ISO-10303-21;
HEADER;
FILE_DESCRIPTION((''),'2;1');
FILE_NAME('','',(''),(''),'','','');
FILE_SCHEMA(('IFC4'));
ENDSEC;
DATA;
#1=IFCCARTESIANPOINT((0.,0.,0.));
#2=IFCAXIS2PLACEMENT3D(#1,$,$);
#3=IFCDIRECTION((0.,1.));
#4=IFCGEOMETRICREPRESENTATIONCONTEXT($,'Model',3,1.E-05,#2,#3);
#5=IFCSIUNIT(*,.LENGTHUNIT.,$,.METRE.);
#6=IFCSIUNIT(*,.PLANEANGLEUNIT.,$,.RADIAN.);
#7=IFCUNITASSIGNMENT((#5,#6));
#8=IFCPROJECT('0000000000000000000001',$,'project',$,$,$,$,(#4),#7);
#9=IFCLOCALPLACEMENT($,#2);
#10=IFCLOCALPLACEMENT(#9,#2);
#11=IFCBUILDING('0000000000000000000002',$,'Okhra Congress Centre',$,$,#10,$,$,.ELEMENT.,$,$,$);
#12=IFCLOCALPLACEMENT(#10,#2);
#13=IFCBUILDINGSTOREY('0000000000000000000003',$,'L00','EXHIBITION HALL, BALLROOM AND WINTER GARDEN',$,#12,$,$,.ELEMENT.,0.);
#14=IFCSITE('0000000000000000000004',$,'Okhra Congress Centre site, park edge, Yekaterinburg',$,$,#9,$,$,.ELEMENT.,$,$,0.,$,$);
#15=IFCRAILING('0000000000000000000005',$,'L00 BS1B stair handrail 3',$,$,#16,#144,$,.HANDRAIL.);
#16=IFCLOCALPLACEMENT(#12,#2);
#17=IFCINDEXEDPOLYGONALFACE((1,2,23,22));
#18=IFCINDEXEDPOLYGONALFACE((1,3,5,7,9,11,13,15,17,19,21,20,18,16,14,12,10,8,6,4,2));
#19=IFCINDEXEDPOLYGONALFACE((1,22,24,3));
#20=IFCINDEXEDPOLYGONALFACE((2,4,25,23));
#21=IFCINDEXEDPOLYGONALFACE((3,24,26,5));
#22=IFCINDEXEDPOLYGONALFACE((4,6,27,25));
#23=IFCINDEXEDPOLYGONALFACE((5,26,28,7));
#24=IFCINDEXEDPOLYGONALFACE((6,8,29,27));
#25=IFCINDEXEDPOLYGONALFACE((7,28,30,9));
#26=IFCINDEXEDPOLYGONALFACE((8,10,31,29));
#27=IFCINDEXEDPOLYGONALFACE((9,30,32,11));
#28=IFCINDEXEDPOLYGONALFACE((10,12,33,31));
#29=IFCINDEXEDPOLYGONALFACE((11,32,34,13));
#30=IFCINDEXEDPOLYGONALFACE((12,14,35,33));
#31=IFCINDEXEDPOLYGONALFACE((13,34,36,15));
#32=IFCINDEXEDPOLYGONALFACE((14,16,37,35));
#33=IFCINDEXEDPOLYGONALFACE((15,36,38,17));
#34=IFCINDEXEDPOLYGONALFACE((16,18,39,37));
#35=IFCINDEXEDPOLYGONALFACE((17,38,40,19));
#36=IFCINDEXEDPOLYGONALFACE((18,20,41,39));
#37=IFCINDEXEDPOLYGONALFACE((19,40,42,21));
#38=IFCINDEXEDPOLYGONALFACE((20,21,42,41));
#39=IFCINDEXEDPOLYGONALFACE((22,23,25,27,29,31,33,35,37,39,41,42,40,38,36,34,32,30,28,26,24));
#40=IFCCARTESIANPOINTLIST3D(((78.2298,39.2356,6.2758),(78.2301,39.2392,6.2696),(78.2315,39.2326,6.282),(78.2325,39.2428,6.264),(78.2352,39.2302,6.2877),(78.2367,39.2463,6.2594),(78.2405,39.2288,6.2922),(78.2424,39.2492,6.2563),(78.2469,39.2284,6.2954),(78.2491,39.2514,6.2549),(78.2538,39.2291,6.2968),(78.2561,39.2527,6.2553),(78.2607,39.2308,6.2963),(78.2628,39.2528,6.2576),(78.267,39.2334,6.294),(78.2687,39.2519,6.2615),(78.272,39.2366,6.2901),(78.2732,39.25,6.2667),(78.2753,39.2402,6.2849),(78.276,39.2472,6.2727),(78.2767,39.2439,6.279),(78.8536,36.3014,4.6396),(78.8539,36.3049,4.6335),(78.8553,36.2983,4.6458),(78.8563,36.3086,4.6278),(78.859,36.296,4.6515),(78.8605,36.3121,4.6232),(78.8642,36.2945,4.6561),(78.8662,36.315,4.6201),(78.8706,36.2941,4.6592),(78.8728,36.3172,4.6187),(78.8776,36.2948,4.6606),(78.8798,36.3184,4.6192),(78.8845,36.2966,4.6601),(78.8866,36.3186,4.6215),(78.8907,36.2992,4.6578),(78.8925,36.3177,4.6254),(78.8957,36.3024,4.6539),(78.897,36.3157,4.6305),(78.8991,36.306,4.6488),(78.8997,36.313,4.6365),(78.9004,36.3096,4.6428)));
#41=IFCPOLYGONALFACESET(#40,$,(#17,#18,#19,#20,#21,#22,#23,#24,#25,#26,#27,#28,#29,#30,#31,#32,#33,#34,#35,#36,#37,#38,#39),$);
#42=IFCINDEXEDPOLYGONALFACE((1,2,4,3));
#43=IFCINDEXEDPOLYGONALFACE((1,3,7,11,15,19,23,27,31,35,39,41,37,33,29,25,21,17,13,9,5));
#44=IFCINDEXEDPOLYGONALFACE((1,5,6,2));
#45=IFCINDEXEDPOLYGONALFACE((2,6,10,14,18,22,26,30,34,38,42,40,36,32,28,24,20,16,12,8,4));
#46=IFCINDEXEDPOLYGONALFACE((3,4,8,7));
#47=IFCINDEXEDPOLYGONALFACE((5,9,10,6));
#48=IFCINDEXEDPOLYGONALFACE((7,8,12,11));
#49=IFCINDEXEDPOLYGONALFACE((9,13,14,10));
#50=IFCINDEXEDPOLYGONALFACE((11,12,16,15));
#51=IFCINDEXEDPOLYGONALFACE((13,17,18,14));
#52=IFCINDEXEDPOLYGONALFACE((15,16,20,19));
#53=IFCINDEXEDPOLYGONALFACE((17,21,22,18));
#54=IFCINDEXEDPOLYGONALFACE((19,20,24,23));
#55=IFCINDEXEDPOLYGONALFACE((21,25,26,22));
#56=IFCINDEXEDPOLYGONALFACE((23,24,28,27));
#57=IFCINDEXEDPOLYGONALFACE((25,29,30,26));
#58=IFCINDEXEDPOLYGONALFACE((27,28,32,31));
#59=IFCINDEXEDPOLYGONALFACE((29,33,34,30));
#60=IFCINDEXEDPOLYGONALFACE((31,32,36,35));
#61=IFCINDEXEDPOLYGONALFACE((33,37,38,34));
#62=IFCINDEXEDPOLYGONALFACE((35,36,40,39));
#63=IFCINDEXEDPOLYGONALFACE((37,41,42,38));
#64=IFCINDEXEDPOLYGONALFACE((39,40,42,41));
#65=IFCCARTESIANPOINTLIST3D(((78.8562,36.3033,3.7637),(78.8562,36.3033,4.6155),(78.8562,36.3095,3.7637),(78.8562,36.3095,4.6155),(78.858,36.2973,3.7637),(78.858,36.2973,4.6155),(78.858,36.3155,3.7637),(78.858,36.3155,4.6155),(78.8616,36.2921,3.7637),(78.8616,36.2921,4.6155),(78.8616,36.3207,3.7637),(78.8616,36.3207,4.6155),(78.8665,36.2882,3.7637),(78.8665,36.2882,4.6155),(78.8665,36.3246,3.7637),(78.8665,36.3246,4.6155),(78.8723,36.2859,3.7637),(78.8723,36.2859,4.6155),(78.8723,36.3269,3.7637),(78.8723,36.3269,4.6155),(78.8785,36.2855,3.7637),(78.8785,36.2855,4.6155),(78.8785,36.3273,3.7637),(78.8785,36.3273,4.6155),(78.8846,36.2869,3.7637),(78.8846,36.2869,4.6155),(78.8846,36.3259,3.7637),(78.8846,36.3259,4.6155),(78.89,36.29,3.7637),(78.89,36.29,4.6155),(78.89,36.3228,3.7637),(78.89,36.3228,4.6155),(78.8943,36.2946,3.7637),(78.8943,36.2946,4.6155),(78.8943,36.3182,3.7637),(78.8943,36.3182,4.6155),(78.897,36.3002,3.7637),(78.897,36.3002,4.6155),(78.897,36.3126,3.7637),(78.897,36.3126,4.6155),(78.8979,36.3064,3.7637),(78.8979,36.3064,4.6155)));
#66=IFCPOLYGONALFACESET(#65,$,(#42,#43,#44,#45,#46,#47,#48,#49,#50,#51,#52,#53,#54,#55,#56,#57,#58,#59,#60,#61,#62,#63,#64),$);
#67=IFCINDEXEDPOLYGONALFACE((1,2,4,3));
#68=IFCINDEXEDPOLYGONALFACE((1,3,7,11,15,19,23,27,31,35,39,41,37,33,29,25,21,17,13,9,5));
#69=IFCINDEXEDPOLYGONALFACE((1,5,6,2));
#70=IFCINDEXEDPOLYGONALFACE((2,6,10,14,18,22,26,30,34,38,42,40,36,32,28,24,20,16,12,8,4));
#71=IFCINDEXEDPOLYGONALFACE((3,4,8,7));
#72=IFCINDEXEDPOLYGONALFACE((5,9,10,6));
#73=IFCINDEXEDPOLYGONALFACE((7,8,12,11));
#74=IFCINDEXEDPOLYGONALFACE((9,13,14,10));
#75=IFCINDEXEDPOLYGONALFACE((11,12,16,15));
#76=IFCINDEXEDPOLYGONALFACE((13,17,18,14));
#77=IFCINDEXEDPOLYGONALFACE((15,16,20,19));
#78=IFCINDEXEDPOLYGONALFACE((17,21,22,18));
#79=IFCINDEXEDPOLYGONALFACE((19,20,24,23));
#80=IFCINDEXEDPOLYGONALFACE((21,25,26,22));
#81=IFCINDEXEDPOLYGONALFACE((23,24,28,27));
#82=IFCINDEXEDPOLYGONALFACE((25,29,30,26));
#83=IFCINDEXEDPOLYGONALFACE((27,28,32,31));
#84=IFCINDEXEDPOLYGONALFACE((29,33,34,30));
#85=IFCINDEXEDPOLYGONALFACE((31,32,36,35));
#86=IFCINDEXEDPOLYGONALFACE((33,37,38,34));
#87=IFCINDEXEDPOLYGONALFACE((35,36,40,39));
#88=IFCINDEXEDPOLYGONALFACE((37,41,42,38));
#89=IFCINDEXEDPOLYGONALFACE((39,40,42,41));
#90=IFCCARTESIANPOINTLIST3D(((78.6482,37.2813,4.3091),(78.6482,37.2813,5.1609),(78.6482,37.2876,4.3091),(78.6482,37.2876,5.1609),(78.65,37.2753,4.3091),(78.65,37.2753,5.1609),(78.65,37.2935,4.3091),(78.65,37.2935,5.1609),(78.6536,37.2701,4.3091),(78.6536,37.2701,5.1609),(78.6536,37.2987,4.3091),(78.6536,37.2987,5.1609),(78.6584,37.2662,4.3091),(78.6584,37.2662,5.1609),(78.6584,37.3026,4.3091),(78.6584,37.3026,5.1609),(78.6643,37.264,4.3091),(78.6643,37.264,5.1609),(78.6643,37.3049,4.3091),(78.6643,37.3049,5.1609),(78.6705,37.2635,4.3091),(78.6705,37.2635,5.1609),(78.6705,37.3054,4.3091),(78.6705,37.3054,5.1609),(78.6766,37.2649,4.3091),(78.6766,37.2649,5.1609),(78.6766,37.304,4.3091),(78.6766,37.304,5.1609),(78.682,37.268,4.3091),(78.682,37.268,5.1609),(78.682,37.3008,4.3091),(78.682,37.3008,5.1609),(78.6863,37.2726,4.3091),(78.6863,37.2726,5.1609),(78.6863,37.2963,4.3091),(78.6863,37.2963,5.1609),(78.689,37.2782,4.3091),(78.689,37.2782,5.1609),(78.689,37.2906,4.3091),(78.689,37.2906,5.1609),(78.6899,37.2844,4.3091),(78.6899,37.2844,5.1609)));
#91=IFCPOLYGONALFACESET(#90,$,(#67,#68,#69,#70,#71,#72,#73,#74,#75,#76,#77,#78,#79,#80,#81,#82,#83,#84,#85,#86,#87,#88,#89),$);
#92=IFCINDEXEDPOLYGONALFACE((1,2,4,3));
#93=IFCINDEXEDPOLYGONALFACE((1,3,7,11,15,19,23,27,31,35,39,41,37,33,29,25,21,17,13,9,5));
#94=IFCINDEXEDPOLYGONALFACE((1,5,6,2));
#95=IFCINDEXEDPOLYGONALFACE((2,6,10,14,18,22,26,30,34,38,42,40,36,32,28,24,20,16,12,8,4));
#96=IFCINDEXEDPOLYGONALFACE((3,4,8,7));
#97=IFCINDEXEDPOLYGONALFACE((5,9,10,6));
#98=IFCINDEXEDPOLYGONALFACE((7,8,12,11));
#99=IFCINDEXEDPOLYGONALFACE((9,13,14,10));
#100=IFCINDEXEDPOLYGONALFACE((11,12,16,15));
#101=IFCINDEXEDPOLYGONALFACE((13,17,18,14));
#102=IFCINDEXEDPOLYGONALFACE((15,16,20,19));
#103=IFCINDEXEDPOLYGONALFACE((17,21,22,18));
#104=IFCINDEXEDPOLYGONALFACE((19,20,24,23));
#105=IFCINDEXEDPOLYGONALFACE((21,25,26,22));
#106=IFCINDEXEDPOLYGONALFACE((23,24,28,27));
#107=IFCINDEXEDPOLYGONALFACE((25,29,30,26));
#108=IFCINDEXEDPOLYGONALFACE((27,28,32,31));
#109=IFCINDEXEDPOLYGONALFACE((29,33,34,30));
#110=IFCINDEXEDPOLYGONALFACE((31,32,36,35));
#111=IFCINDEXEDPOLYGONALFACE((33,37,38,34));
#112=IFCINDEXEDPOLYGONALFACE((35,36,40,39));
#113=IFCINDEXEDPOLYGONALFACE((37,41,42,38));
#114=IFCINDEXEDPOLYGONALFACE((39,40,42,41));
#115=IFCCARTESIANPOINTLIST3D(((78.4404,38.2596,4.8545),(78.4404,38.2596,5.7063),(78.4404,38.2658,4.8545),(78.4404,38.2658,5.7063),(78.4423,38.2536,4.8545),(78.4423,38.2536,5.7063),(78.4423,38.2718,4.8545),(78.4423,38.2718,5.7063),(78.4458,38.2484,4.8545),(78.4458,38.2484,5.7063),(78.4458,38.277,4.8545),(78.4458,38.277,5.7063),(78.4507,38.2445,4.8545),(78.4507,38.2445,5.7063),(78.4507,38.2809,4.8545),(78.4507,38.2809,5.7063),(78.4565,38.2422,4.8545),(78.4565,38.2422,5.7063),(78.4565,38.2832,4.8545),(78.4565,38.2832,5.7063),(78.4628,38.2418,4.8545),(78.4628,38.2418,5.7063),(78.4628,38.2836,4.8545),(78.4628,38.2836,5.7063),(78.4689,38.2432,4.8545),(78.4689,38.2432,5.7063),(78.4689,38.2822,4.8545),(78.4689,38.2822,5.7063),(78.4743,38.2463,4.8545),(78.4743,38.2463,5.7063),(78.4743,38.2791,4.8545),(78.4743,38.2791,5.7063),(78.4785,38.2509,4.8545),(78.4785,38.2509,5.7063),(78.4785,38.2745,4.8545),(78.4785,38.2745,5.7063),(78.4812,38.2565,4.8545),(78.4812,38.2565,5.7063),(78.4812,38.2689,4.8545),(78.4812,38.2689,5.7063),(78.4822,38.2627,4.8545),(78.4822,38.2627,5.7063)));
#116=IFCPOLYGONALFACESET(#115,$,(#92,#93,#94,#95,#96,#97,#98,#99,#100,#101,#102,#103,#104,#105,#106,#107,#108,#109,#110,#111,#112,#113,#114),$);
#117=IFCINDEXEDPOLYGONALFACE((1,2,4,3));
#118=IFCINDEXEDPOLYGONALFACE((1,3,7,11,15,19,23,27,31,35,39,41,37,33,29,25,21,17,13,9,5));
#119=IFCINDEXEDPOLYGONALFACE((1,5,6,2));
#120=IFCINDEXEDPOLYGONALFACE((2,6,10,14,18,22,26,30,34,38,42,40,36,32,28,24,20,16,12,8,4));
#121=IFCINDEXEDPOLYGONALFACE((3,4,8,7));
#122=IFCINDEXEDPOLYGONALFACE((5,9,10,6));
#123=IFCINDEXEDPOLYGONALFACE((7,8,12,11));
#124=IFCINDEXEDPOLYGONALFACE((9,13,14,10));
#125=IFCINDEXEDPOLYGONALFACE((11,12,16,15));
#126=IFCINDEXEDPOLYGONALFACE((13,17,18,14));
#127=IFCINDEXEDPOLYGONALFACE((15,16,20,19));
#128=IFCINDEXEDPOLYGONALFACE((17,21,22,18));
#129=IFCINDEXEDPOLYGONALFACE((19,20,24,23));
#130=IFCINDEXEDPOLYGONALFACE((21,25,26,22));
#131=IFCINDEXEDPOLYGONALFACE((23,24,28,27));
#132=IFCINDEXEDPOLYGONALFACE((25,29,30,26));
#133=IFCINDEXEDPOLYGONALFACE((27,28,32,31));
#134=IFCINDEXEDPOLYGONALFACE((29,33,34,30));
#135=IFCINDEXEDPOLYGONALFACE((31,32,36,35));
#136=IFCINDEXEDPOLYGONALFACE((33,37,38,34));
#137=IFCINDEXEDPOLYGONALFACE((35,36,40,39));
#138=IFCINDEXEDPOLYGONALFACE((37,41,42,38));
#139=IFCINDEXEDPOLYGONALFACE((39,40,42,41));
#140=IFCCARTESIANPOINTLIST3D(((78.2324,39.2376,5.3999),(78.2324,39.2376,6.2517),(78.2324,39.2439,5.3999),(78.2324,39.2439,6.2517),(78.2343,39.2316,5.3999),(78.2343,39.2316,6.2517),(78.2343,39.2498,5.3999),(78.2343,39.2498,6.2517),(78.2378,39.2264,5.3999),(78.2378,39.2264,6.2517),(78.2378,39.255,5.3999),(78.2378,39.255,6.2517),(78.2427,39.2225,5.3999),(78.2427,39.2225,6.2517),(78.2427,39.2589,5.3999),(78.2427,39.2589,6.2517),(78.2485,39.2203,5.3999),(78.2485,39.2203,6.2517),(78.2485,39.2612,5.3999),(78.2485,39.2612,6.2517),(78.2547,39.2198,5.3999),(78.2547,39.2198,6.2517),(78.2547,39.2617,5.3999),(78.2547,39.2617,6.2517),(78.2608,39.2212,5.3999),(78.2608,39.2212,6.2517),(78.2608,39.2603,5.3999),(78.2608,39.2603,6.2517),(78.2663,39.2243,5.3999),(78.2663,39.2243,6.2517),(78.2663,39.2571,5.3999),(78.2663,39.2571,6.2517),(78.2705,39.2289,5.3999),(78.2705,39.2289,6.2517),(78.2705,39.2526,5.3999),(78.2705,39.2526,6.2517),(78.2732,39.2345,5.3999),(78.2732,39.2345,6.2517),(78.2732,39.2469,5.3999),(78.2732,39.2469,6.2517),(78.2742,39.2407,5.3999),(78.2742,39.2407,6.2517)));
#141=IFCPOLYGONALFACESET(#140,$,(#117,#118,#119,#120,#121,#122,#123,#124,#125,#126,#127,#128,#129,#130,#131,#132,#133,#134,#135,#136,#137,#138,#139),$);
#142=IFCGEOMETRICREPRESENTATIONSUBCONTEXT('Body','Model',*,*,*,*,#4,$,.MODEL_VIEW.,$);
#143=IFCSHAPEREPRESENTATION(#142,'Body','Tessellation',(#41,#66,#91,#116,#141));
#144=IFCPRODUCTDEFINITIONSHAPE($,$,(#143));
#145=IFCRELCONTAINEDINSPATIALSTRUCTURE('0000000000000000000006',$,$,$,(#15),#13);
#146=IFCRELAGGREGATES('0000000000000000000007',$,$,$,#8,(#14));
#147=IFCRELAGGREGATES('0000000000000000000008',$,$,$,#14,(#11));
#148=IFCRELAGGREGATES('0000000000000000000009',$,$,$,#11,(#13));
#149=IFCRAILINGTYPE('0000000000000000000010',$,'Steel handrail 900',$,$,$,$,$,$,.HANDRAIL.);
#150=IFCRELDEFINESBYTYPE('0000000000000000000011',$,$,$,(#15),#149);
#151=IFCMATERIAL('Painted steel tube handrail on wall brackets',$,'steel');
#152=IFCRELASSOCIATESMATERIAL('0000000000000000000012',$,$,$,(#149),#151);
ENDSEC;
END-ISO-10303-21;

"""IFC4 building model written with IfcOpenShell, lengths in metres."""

from ifc_helpers import new_model, si_unit, direction, frame, origin, origin_2d, place, context, subcontext, project, spatial, circle, extrude, material, type_object, element, save


model = new_model("IFC4")

# Units and contexts
model_context = context("Model", 3, precision=1e-05, world=origin(), true_north=direction((0.0, 1.0)))
body_context = subcontext(model_context, "Body", "Model", "MODEL_VIEW")
ifc_project = project(units=[si_unit("LENGTHUNIT", "METRE"), si_unit("PLANEANGLEUNIT", "RADIAN")], contexts=[model_context])

# Site, building, storey
site_placement = place(None, origin())
site = spatial("IfcSite", under=ifc_project, at=site_placement, Name="Okhra Congress Centre site, park edge, Yekaterinburg", CompositionType="ELEMENT", RefElevation=0.0)
building_placement = place(site_placement, origin())
building = spatial("IfcBuilding", under=site, at=building_placement, Name="Okhra Congress Centre", CompositionType="ELEMENT")
storey_placement = place(building_placement, origin())
storey = spatial("IfcBuildingStorey", under=building, at=storey_placement, Name="L00", Description="EXHIBITION HALL, BALLROOM AND WINTER GARDEN", CompositionType="ELEMENT", Elevation=0.0)

# Railing
ifc_material_1 = material(Name="Painted steel tube handrail on wall brackets", Category="steel")
railing_type = type_object("IfcRailingType", Name="Steel handrail 900", PredefinedType="HANDRAIL", material=ifc_material_1)
railing_1_placement = place(storey_placement, frame((78.877, 36.3064, 3.7637)))
element("IfcRailing", 1, at=railing_1_placement, inside=storey, type_object=railing_type, Name="L00 BS1B stair handrail 3", PredefinedType="HANDRAIL", context=body_context, shape_type="SweptSolid", body=[
    extrude(circle(Radius=0.0239, at=origin_2d()), frame((0.0, 0.0, 0.876), z_axis=(-0.182546, 0.858716, 0.478835), x_axis=(-0.978143, -0.207934, 0.0)), (0.0, 0.0, 1.0), 3.417),
    extrude(circle(Radius=0.021, at=origin_2d()), origin(), (0.0, 0.0, 1.0), 0.8518),
    extrude(circle(Radius=0.021, at=origin_2d()), frame((-0.208, 0.978, 0.5454)), (0.0, 0.0, 1.0), 0.8518),
    extrude(circle(Radius=0.021, at=origin_2d()), frame((-0.4158, 1.9563, 1.0908)), (0.0, 0.0, 1.0), 0.8518),
    extrude(circle(Radius=0.021, at=origin_2d()), frame((-0.6238, 2.9343, 1.6362)), (0.0, 0.0, 1.0), 0.8518),
])

save(model, "model.ifc")
